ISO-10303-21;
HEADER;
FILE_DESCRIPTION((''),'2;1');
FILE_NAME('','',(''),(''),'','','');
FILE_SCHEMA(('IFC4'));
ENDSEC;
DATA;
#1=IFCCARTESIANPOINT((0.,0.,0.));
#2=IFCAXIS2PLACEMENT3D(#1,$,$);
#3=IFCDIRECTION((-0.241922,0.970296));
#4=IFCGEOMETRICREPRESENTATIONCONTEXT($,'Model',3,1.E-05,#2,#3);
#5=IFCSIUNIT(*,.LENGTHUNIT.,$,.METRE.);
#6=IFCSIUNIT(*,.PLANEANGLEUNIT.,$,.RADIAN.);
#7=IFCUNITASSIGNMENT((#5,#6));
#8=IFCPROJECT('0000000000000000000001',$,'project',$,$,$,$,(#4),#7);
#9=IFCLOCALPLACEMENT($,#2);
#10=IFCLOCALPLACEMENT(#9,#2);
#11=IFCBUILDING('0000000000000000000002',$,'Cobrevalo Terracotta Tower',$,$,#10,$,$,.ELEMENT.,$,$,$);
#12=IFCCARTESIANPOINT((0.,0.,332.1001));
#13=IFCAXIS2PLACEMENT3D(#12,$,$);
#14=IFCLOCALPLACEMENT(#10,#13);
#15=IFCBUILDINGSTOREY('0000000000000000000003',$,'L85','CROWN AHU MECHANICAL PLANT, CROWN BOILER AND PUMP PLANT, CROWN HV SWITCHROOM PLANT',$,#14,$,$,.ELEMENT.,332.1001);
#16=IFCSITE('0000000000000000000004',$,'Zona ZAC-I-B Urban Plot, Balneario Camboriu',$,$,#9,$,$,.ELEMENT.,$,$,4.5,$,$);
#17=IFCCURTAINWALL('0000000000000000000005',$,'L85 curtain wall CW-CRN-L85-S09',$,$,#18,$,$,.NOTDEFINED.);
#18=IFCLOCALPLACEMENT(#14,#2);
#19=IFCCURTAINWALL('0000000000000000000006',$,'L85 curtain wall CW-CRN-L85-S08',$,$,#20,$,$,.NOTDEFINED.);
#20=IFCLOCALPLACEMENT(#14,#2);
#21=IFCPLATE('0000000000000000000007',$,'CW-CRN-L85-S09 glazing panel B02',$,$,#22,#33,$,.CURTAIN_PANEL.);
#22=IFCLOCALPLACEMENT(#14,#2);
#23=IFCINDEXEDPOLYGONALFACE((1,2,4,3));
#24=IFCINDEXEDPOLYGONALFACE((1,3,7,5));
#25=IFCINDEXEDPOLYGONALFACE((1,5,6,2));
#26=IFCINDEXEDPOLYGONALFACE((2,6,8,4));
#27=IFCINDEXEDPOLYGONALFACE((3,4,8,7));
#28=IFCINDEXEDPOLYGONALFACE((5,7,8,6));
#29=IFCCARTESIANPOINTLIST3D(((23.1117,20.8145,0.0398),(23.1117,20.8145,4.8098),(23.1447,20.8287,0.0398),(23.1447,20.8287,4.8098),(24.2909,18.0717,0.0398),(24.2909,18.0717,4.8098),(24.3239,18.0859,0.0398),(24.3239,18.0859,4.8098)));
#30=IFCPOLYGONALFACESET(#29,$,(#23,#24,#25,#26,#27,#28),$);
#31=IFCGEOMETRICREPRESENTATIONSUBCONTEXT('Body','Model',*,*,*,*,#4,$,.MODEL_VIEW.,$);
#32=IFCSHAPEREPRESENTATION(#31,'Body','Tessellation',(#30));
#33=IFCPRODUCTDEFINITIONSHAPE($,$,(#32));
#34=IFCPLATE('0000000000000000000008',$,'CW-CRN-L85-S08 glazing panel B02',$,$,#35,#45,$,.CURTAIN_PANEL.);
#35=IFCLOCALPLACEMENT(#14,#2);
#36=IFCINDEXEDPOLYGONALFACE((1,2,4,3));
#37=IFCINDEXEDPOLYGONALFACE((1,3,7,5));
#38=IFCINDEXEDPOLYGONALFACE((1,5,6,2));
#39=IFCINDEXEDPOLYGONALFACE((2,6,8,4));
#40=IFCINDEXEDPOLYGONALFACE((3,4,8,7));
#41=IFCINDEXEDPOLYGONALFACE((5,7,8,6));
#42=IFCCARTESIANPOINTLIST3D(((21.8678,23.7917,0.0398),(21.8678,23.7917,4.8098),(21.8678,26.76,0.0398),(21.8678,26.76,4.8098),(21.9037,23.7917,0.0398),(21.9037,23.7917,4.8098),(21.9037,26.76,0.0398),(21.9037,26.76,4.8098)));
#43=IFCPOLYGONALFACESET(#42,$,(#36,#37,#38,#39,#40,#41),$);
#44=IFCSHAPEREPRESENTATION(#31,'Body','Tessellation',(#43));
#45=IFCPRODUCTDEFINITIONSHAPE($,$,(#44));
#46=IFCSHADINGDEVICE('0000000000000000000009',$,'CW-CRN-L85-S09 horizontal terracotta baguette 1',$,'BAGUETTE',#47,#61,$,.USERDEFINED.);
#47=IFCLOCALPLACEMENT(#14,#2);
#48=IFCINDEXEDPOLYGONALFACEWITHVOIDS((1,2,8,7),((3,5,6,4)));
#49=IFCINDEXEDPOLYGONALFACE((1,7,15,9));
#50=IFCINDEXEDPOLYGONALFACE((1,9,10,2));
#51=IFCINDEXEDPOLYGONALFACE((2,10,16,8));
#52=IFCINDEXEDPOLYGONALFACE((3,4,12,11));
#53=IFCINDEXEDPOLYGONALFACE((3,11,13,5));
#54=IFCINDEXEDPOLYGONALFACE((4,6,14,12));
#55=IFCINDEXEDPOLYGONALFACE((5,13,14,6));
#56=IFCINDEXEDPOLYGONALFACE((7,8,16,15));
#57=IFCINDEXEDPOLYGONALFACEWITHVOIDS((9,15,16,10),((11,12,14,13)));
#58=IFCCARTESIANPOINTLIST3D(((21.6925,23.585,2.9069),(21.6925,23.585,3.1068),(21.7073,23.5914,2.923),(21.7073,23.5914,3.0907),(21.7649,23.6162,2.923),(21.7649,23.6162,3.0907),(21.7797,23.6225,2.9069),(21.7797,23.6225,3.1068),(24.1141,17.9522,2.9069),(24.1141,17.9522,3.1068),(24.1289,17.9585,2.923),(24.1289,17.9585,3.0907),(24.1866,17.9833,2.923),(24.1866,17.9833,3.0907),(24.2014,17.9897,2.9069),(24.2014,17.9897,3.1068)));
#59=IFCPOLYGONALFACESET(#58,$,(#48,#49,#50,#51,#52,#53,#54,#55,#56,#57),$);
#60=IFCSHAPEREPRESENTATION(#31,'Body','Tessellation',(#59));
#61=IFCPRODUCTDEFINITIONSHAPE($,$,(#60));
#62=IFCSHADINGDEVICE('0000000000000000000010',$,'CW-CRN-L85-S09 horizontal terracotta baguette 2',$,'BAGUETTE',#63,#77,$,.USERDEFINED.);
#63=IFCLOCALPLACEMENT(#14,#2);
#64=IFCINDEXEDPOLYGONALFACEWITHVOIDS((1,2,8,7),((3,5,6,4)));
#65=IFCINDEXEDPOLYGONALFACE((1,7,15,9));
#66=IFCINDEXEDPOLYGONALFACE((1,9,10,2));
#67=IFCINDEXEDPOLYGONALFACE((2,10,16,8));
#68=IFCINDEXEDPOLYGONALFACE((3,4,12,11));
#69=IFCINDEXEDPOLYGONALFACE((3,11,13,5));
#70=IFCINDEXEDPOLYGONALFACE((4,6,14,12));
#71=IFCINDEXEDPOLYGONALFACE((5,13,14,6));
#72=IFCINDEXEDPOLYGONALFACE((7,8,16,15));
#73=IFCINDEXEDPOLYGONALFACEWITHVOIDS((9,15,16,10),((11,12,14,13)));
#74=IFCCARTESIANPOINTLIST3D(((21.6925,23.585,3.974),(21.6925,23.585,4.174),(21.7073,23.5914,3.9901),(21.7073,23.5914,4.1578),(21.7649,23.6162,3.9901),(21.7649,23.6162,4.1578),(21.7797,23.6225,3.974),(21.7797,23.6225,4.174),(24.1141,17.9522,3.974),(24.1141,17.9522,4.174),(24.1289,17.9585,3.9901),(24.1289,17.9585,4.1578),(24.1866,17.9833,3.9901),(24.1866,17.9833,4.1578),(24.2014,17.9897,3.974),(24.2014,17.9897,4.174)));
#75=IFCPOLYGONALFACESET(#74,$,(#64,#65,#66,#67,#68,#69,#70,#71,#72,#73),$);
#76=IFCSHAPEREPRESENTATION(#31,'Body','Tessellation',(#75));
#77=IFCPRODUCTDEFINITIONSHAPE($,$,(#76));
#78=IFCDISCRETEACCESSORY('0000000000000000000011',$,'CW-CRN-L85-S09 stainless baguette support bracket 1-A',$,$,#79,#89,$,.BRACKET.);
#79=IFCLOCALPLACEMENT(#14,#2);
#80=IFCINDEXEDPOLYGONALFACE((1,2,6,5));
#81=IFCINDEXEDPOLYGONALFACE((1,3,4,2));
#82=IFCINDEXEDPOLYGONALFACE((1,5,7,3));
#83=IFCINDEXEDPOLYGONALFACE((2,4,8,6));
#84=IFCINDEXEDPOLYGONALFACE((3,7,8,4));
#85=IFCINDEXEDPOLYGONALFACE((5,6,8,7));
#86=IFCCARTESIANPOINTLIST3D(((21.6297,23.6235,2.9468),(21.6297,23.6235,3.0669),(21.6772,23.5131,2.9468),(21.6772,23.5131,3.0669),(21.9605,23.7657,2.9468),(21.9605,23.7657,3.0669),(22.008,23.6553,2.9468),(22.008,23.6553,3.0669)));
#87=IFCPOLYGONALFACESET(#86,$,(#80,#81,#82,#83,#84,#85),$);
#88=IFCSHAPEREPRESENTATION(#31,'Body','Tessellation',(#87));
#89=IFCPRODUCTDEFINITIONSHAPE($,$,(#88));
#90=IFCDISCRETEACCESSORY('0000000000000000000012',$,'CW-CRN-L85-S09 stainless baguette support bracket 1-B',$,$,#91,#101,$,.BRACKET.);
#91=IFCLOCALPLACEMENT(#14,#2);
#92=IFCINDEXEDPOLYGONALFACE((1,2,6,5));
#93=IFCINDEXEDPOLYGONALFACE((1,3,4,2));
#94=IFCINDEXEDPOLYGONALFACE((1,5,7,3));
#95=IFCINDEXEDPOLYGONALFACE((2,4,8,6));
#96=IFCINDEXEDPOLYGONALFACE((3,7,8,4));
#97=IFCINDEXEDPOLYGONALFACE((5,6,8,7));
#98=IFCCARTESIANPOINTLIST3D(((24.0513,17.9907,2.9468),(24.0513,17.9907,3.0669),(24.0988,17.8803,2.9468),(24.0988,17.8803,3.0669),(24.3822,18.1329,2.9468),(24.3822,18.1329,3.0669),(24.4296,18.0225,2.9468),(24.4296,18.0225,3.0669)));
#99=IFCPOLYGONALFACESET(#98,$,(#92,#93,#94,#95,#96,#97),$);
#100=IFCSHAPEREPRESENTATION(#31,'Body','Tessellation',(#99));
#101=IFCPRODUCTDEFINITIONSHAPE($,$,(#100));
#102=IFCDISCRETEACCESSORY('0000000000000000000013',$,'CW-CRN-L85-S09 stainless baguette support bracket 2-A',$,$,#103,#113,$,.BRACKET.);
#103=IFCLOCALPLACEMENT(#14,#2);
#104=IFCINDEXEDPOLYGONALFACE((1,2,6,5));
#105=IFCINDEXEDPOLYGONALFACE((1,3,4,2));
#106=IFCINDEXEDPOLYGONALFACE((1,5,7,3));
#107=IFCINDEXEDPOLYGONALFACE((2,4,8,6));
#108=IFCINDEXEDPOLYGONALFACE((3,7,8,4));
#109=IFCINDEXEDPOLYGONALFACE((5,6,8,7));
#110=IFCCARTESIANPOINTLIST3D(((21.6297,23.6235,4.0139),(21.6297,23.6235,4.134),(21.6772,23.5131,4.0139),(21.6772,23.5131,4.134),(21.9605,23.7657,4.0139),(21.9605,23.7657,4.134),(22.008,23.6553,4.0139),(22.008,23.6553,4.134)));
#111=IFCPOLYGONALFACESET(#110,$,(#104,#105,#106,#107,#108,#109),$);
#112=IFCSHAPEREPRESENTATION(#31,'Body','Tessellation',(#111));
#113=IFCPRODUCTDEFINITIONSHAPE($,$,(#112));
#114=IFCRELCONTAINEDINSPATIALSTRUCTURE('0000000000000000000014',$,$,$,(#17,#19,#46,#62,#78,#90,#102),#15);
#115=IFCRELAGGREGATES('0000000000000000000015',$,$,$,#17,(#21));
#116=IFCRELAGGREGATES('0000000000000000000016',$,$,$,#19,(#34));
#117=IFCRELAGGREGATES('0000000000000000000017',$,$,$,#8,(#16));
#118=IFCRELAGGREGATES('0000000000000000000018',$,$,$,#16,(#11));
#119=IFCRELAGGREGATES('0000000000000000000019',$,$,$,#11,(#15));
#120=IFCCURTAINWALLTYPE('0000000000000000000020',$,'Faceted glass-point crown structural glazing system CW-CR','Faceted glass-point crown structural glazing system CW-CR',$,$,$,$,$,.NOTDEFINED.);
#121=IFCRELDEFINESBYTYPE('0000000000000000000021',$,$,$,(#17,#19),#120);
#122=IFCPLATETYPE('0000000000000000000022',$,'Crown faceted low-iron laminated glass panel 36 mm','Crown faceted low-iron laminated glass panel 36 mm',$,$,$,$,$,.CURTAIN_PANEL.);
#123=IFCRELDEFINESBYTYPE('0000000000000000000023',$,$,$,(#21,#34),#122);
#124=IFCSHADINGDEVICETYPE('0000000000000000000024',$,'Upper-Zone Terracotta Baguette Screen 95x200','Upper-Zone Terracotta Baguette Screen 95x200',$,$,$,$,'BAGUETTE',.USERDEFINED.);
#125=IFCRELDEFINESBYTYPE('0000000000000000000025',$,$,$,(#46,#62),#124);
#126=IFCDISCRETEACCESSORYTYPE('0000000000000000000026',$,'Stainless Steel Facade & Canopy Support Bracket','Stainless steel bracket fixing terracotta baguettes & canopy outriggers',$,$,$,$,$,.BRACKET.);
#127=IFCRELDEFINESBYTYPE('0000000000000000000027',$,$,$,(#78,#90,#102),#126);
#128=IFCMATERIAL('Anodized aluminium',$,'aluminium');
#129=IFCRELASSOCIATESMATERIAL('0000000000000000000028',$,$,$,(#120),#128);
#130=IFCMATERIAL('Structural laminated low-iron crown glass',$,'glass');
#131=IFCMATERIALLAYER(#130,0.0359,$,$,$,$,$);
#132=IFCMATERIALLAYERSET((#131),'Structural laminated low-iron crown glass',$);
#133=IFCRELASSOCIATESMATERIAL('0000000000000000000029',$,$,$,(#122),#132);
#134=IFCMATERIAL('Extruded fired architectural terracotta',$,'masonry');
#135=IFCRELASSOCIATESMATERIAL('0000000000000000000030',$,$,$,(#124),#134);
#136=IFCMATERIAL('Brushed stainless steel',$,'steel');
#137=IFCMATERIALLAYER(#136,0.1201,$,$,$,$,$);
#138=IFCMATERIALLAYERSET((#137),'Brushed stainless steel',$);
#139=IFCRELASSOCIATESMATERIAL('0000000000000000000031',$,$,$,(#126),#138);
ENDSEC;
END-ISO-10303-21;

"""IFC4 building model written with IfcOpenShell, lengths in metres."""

from ifc_helpers import new_model, si_unit, direction, frame, origin, origin_2d, place, context, subcontext, project, spatial, rectangle, hollow_rectangle, extrude, source, transform, mapped, material, layer, layer_set, material_profile, profile_set, type_object, element, aggregate, save


model = new_model("IFC4")

# Units and contexts
model_context = context("Model", 3, precision=1e-05, world=origin(), true_north=direction((-0.241922, 0.970296)))
body_context = subcontext(model_context, "Body", "Model", "MODEL_VIEW")
ifc_project = project(units=[si_unit("LENGTHUNIT", "METRE"), si_unit("PLANEANGLEUNIT", "RADIAN")], contexts=[model_context])

# Site, building, storey
site_placement = place(None, origin())
site = spatial("IfcSite", under=ifc_project, at=site_placement, Name="Zona ZAC-I-B Urban Plot, Balneario Camboriu", CompositionType="ELEMENT", RefElevation=4.5)
building_placement = place(site_placement, origin())
building = spatial("IfcBuilding", under=site, at=building_placement, Name="Cobrevalo Terracotta Tower", CompositionType="ELEMENT")
storey_placement = place(building_placement, frame((0.0, 0.0, 332.1001)))
storey = spatial("IfcBuildingStorey", under=building, at=storey_placement, Name="L85", Description="CROWN AHU MECHANICAL PLANT, CROWN BOILER AND PUMP PLANT, CROWN HV SWITCHROOM PLANT", CompositionType="ELEMENT", Elevation=332.1001)

# Curtain wall
ifc_material_1 = material(Name="Anodized aluminium", Category="aluminium")
curtain_wall_type = type_object("IfcCurtainWallType", Name="Faceted glass-point crown structural glazing system CW-CR", Description="Faceted glass-point crown structural glazing system CW-CR", PredefinedType="NOTDEFINED", material=ifc_material_1)
curtain_wall_1_placement = place(storey_placement, origin())
curtain_wall_1 = element("IfcCurtainWall", 1, at=curtain_wall_1_placement, inside=storey, type_object=curtain_wall_type, Name="L85 curtain wall CW-CRN-L85-S09", PredefinedType="NOTDEFINED")

# Curtain wall
curtain_wall_2_placement = place(storey_placement, origin())
curtain_wall_2 = element("IfcCurtainWall", 2, at=curtain_wall_2_placement, inside=storey, type_object=curtain_wall_type, Name="L85 curtain wall CW-CRN-L85-S08", PredefinedType="NOTDEFINED")

# Plates
ifc_material_2 = material(Name="Structural laminated low-iron crown glass", Category="glass")
ifc_layer_1 = layer(ifc_material_2, 0.0359)
ifc_layer_set_1 = layer_set([ifc_layer_1], Name="Structural laminated low-iron crown glass")
plate_type_1 = type_object("IfcPlateType", Name="Crown faceted low-iron laminated glass panel 36 mm", Description="Crown faceted low-iron laminated glass panel 36 mm", PredefinedType="CURTAIN_PANEL", material=ifc_layer_set_1)
shared_shape_1 = source(origin(), body_context, "Body", "SweptSolid", [
    extrude(rectangle(XDim=2.9856, YDim=0.0359, at=origin_2d()), origin(), (0.0, 0.0, 1.0), 4.77),
])
plate_1_placement = place(storey_placement, frame((23.7178, 19.4502, 0.0398), z_axis=(0.0, 0.0, 1.0), x_axis=(0.39496, -0.918698, 0.0)))
plate_1 = element("IfcPlate", 3, at=plate_1_placement, type_object=plate_type_1, Name="CW-CRN-L85-S09 glazing panel B02", PredefinedType="CURTAIN_PANEL", context=body_context, shape_type="MappedRepresentation", body=[
    mapped(shared_shape_1, transform((0.0, 0.0, 0.0), scale=1.0)),
])
aggregate(curtain_wall_1, [plate_1])
shared_shape_2 = source(origin(), body_context, "Body", "SweptSolid", [
    extrude(rectangle(XDim=2.9683, YDim=0.0359, at=origin_2d()), origin(), (0.0, 0.0, 1.0), 4.77),
])
plate_2_placement = place(storey_placement, frame((21.8857, 25.2759, 0.0398), z_axis=(0.0, 0.0, 1.0), x_axis=(0.0, -1.0, 0.0)))
plate_2 = element("IfcPlate", 4, at=plate_2_placement, type_object=plate_type_1, Name="CW-CRN-L85-S08 glazing panel B02", PredefinedType="CURTAIN_PANEL", context=body_context, shape_type="MappedRepresentation", body=[
    mapped(shared_shape_2, transform((0.0, 0.0, 0.0), scale=1.0)),
])
aggregate(curtain_wall_2, [plate_2])

# Shading devices
ifc_material_3 = material(Name="Extruded fired architectural terracotta", Category="masonry")
ifc_material_profile_1 = material_profile(ifc_material_3, hollow_rectangle(XDim=0.095, YDim=0.2, WallThickness=0.0161, at=origin_2d()), Name="BAGUETTE 95x200")
ifc_profile_set_1 = profile_set([ifc_material_profile_1], Name="Extruded fired architectural terracotta")
shading_device_type = type_object("IfcShadingDeviceType", Name="Upper-Zone Terracotta Baguette Screen 95x200", Description="Upper-Zone Terracotta Baguette Screen 95x200", ElementType="BAGUETTE", PredefinedType="USERDEFINED", material=ifc_profile_set_1)
shared_shape_3 = source(origin(), body_context, "Body", "SweptSolid", [
    extrude(hollow_rectangle(XDim=0.095, YDim=0.2, WallThickness=0.0161, at=origin_2d()), origin(), (0.0, 0.0, 1.0), 6.1313),
])
for number, where, z_axis, x_axis, name in (
    (5, (21.7361, 23.6038, 3.0068), (0.394962, -0.918698, 0.0), (0.918698, 0.394962, 0.0), "CW-CRN-L85-S09 horizontal terracotta baguette 1"),
    (6, (21.7361, 23.6038, 4.074), (0.394962, -0.918698, 0.0), (0.918698, 0.394962, 0.0), "CW-CRN-L85-S09 horizontal terracotta baguette 2"),
):
    element("IfcShadingDevice", number, at=place(storey_placement, frame(where, z_axis=z_axis, x_axis=x_axis)), inside=storey, type_object=shading_device_type, Name=name, ObjectType="BAGUETTE", PredefinedType="USERDEFINED", context=body_context, shape_type="MappedRepresentation", body=[
        mapped(shared_shape_3, transform((0.0, 0.0, 0.0), scale=1.0)),
    ])

# Discrete accessories
ifc_material_4 = material(Name="Brushed stainless steel", Category="steel")
ifc_layer_2 = layer(ifc_material_4, 0.1201)
ifc_layer_set_2 = layer_set([ifc_layer_2], Name="Brushed stainless steel")
discrete_accessory_type = type_object("IfcDiscreteAccessoryType", Name="Stainless Steel Facade & Canopy Support Bracket", Description="Stainless steel bracket fixing terracotta baguettes & canopy outriggers", PredefinedType="BRACKET", material=ifc_layer_set_2)
shared_shape_4 = source(origin(), body_context, "Body", "SweptSolid", [
    extrude(rectangle(XDim=0.1201, YDim=0.3601, at=origin_2d()), origin(), (0.0, 0.0, 1.0), 0.1201),
])
for number, where, z_axis, x_axis, name in (
    (7, (21.8188, 23.6394, 2.9468), (0.0, 0.0, 1.0), (0.39496, -0.918698, 0.0), "CW-CRN-L85-S09 stainless baguette support bracket 1-A"),
    (8, (24.2405, 18.0066, 2.9468), (0.0, 0.0, 1.0), (0.39496, -0.918698, 0.0), "CW-CRN-L85-S09 stainless baguette support bracket 1-B"),
    (9, (21.8188, 23.6394, 4.0139), (0.0, 0.0, 1.0), (0.39496, -0.918698, 0.0), "CW-CRN-L85-S09 stainless baguette support bracket 2-A"),
):
    element("IfcDiscreteAccessory", number, at=place(storey_placement, frame(where, z_axis=z_axis, x_axis=x_axis)), inside=storey, type_object=discrete_accessory_type, Name=name, PredefinedType="BRACKET", context=body_context, shape_type="MappedRepresentation", body=[
        mapped(shared_shape_4, transform((0.0, 0.0, 0.0), scale=1.0)),
    ])

save(model, "model.ifc")
